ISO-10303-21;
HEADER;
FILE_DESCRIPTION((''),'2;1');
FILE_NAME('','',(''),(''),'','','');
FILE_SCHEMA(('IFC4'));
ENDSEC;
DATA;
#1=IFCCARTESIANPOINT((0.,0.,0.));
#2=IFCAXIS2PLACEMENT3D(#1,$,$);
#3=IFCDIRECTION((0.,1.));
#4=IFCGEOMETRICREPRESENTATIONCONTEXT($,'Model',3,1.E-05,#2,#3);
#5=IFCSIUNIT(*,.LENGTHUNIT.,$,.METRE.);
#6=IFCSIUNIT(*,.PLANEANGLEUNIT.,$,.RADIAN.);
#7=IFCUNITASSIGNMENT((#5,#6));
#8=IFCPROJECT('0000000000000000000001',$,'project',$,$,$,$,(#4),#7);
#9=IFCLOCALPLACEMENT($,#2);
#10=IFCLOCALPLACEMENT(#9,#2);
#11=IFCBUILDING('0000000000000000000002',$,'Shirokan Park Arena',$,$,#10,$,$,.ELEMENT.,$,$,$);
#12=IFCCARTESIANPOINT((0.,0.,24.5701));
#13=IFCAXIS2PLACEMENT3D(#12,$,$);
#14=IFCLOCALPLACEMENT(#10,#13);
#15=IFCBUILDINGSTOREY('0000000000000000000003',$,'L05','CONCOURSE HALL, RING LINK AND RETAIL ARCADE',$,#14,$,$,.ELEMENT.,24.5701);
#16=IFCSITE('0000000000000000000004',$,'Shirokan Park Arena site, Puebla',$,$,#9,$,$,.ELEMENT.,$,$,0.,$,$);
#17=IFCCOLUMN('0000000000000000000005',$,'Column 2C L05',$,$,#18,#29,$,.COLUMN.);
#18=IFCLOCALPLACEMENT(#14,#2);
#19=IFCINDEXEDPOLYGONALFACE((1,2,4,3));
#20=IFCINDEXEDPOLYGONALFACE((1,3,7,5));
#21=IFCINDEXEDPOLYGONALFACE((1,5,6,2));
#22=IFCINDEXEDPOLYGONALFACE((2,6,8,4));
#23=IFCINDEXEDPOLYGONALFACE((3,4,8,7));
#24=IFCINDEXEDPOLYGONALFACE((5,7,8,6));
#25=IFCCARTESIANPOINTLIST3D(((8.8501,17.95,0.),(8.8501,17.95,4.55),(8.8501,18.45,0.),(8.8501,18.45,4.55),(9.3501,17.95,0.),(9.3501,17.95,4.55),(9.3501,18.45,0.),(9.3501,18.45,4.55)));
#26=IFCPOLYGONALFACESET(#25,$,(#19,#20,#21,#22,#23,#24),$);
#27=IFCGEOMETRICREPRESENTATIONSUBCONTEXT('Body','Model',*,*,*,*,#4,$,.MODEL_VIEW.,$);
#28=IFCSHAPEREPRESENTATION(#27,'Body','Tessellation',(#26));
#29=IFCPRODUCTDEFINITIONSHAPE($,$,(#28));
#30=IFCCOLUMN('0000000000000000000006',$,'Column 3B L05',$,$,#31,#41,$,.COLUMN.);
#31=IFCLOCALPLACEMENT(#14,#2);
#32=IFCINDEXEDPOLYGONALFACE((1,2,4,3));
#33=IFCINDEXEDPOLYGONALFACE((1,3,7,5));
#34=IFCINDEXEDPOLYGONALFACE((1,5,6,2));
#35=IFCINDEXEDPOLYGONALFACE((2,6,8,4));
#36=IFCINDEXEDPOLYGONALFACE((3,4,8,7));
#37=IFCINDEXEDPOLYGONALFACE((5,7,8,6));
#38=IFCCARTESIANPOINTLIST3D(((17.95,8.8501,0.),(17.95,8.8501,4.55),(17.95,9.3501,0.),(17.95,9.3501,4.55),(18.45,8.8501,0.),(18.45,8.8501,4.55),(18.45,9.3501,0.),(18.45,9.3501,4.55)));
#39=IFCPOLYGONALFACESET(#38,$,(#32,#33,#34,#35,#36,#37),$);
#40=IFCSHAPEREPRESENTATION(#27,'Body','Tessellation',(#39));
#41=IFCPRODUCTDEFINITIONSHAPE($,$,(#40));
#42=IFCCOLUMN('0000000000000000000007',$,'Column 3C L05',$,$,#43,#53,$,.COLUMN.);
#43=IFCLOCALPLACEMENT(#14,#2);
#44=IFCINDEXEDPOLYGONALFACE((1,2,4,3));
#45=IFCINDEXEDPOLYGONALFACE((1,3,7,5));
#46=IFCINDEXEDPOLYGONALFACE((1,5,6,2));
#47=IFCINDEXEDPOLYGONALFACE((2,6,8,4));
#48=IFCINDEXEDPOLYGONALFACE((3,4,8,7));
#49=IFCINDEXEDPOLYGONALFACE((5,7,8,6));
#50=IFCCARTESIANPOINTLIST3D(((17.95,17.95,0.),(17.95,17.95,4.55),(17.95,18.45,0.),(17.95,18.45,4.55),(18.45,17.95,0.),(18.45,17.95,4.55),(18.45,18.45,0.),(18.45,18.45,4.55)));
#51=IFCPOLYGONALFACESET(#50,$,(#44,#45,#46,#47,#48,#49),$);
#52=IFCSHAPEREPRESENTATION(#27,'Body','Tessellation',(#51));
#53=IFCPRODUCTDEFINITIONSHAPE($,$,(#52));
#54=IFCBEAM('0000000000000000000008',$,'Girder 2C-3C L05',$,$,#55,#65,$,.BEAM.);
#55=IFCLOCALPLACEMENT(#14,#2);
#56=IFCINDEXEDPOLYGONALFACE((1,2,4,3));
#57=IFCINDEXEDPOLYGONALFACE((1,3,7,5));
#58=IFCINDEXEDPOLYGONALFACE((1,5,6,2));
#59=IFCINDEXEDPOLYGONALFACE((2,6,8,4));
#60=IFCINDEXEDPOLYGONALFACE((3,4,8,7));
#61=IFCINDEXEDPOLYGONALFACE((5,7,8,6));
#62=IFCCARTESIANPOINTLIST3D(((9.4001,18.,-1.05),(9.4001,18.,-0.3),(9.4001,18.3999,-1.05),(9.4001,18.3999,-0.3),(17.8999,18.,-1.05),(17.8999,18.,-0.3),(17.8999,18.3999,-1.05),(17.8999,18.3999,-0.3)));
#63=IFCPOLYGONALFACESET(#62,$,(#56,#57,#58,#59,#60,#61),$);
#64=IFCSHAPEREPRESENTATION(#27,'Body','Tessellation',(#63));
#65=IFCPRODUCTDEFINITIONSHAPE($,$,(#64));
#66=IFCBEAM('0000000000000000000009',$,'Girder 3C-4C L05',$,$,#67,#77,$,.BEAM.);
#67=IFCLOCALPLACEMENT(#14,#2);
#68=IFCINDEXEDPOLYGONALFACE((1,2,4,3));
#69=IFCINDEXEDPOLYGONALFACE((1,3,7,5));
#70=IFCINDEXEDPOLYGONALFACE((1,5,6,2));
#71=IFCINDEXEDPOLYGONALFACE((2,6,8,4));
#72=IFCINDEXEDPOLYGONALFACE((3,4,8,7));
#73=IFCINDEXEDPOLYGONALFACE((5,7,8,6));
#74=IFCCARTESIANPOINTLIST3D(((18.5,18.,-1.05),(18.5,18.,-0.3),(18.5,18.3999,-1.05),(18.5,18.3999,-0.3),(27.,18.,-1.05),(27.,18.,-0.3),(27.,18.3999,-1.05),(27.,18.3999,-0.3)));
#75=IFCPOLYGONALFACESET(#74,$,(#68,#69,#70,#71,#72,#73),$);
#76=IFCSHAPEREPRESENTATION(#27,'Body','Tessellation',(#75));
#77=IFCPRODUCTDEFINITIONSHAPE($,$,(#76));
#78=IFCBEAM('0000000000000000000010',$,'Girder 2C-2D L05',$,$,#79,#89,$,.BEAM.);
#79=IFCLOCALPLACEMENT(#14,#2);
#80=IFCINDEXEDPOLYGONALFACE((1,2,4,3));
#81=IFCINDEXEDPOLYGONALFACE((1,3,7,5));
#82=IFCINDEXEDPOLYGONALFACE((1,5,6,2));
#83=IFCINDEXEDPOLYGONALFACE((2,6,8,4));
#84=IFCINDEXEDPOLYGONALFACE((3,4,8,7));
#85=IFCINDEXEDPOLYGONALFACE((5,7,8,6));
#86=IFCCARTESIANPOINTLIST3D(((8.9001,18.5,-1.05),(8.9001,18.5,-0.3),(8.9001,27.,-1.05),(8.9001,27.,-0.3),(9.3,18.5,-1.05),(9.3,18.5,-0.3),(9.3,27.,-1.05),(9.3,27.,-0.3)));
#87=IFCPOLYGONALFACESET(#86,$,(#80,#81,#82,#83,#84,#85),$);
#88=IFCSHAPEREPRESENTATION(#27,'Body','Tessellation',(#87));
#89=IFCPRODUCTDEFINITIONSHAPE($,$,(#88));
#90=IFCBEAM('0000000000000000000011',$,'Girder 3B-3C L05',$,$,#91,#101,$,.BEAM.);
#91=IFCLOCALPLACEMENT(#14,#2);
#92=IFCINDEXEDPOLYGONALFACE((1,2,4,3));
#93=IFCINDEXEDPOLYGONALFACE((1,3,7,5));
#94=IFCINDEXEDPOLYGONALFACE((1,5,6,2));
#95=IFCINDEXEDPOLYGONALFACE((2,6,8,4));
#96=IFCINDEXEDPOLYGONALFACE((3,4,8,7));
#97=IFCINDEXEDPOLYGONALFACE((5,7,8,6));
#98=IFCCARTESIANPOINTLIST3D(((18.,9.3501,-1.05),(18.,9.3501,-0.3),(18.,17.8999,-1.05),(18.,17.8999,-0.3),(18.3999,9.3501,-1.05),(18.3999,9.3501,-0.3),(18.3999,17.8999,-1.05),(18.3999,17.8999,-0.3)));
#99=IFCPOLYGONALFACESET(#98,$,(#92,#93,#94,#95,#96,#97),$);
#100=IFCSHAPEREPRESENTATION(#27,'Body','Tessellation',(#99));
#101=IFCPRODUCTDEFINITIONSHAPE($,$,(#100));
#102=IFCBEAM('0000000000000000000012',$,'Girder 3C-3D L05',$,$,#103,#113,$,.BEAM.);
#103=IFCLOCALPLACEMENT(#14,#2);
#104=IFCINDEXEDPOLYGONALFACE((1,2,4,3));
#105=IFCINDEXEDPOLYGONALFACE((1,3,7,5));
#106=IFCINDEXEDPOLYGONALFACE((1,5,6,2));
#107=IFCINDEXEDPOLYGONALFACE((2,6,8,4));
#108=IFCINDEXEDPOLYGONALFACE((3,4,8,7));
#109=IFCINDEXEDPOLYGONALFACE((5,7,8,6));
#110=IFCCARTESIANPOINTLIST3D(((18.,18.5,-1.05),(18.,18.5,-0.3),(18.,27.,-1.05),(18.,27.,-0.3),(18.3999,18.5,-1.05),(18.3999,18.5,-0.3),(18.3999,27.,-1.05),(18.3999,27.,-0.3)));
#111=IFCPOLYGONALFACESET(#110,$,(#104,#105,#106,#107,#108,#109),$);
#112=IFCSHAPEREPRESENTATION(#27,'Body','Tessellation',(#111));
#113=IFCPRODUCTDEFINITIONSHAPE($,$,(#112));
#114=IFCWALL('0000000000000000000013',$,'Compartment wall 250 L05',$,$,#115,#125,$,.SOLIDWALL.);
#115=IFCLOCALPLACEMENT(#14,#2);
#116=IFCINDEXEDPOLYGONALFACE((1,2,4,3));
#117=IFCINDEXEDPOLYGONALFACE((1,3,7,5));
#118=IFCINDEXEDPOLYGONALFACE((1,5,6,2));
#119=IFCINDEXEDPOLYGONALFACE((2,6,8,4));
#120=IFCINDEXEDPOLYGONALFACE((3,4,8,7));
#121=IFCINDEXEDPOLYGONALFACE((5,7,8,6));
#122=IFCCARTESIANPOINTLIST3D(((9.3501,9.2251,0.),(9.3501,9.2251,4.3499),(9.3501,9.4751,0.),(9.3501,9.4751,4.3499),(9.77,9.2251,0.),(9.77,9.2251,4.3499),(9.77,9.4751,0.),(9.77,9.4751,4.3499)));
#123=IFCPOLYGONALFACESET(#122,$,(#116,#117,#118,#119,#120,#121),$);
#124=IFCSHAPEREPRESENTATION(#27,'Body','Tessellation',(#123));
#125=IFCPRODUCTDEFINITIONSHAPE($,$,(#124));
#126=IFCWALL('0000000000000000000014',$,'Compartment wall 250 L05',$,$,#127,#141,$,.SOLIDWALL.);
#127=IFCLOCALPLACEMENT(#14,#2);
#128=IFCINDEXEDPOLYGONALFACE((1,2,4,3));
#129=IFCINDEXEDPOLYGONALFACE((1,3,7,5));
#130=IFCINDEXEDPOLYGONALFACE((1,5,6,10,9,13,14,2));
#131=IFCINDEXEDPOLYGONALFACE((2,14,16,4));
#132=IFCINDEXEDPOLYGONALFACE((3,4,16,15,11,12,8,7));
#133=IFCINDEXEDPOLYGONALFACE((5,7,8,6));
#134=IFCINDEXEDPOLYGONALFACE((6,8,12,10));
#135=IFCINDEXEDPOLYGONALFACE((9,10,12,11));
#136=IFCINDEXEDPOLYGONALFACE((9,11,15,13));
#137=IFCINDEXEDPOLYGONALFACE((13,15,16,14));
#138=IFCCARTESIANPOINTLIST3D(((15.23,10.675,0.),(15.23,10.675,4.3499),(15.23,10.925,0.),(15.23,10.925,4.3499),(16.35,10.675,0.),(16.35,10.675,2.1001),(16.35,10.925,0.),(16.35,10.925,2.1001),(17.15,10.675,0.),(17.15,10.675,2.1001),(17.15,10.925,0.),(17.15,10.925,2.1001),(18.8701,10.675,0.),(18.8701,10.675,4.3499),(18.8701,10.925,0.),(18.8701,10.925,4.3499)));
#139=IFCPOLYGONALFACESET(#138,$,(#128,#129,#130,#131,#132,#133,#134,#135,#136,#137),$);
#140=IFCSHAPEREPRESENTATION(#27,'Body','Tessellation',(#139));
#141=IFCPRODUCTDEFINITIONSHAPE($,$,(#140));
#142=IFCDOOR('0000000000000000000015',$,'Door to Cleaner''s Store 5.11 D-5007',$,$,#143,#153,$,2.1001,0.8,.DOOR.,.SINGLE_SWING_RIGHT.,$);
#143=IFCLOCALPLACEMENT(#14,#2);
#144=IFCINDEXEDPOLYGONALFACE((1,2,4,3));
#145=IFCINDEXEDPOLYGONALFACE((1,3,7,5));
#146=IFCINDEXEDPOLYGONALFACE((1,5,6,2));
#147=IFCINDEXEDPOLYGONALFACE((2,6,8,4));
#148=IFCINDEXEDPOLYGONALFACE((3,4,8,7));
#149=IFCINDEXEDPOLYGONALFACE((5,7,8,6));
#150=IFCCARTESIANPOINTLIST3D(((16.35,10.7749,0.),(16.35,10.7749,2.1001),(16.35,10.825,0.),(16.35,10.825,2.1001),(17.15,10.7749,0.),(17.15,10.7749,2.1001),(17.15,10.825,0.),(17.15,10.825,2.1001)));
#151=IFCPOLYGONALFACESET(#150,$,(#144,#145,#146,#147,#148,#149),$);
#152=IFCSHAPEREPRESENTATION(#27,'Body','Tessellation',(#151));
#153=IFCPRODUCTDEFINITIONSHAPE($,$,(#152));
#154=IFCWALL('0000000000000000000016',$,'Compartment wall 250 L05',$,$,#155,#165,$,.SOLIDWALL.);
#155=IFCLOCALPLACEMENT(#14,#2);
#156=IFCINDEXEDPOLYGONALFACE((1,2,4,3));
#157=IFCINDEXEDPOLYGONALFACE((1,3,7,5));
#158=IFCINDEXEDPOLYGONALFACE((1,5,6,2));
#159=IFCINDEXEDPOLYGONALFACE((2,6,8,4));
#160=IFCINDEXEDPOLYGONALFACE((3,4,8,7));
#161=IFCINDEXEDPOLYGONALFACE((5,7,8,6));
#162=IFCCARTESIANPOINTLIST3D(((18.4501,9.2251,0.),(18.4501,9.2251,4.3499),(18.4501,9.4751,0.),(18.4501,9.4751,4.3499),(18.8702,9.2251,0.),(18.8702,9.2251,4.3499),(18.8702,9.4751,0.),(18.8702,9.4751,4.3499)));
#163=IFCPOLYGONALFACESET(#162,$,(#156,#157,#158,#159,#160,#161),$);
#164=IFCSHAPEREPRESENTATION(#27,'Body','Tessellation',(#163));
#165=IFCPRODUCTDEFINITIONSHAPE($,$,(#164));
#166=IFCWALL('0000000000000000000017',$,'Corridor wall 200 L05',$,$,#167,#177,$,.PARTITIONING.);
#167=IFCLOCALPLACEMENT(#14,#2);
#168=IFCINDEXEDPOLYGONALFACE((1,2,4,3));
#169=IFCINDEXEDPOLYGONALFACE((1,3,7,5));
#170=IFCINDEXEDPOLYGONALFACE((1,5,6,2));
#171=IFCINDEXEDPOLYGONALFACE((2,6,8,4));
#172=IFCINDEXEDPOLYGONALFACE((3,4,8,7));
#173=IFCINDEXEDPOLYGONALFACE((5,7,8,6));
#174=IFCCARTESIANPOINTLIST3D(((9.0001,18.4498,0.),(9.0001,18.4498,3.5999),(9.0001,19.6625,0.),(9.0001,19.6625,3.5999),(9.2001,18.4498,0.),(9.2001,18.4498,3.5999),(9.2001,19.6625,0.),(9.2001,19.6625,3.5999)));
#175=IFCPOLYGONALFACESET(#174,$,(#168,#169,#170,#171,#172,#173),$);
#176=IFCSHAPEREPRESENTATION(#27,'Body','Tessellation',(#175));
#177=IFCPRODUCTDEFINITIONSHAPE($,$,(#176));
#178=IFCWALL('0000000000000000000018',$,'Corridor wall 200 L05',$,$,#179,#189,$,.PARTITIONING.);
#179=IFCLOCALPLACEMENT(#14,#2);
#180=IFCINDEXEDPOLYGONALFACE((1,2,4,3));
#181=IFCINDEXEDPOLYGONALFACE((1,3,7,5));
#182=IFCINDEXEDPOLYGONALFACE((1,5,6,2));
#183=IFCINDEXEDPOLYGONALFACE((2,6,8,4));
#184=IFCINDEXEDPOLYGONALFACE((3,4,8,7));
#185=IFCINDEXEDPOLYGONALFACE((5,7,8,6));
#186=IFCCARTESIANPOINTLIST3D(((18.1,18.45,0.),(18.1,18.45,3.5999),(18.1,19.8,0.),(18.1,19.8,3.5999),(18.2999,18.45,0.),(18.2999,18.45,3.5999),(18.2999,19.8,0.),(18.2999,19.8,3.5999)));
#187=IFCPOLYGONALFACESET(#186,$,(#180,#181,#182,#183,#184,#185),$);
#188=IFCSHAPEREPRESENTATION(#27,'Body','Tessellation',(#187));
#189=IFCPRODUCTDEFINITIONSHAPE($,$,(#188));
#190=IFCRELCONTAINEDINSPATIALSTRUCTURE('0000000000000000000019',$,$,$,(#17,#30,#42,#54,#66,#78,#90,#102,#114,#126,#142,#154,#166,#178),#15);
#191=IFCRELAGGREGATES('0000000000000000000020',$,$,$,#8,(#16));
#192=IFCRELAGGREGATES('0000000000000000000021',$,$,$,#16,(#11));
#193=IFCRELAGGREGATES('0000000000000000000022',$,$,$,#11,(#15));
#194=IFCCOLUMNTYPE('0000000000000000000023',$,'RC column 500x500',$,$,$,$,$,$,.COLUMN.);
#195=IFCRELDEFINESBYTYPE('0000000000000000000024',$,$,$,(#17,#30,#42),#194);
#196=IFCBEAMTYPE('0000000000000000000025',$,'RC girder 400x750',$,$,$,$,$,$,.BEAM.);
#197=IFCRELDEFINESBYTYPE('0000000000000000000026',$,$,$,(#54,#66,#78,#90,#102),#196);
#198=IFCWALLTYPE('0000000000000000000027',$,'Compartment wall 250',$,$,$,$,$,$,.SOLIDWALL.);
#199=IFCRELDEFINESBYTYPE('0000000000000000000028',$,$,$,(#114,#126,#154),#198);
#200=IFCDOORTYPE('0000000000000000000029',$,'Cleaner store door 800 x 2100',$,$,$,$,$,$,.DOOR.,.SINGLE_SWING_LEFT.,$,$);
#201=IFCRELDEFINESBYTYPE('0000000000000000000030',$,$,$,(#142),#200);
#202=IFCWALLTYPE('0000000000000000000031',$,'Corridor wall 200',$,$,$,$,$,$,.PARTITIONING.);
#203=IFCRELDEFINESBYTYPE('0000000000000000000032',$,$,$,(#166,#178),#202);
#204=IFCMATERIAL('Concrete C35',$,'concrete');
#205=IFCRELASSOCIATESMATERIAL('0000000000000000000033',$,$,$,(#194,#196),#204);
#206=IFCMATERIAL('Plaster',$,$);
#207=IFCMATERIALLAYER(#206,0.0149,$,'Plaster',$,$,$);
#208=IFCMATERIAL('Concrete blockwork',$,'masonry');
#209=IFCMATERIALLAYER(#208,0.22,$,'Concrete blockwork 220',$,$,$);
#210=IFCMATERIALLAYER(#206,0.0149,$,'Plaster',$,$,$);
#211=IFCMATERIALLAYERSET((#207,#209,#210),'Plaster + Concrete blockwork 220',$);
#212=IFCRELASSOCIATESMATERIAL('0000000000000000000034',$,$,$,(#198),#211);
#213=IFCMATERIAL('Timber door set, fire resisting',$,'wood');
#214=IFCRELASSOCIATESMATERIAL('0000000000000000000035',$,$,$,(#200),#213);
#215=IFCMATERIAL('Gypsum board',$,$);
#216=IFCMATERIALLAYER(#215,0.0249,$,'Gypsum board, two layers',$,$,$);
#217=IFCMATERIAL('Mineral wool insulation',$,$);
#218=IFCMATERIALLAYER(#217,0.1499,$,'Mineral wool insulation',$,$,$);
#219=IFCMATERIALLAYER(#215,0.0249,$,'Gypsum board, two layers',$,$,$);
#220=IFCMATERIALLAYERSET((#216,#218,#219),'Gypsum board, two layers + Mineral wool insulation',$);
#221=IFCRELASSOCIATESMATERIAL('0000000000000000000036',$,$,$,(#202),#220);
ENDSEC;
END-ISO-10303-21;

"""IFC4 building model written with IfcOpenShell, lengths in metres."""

from ifc_helpers import new_model, si_unit, direction, frame, frame_2d, origin, origin_2d, place, context, subcontext, project, spatial, rectangle, extrude, material, layer, layer_set, material_profile, profile_set, type_object, element, fill, save


model = new_model("IFC4")

# Units and contexts
model_context = context("Model", 3, precision=1e-05, world=origin(), true_north=direction((0.0, 1.0)))
body_context = subcontext(model_context, "Body", "Model", "MODEL_VIEW")
ifc_project = project(units=[si_unit("LENGTHUNIT", "METRE"), si_unit("PLANEANGLEUNIT", "RADIAN")], contexts=[model_context])

# Site, building, storey
site_placement = place(None, origin())
site = spatial("IfcSite", under=ifc_project, at=site_placement, Name="Shirokan Park Arena site, Puebla", CompositionType="ELEMENT", RefElevation=0.0)
building_placement = place(site_placement, origin())
building = spatial("IfcBuilding", under=site, at=building_placement, Name="Shirokan Park Arena", CompositionType="ELEMENT")
storey_placement = place(building_placement, frame((0.0, 0.0, 24.5701)))
storey = spatial("IfcBuildingStorey", under=building, at=storey_placement, Name="L05", Description="CONCOURSE HALL, RING LINK AND RETAIL ARCADE", CompositionType="ELEMENT", Elevation=24.5701)

# Columns
ifc_material_1 = material(Name="Concrete C35", Category="concrete")
ifc_material_profile_1 = material_profile(ifc_material_1, rectangle(XDim=0.5, YDim=0.5, at=origin_2d()), Name="500x500")
ifc_profile_set_1 = profile_set([ifc_material_profile_1], Name="Concrete C35")
column_type = type_object("IfcColumnType", Name="RC column 500x500", PredefinedType="COLUMN", material=ifc_profile_set_1)
for number, where, z_axis, x_axis, name in (
    (1, (9.1001, 18.2, 0.0), (0.0, 0.0, 1.0), (1.0, 0.0, 0.0), "Column 2C L05"),
    (2, (18.2, 9.1001, 0.0), (0.0, 0.0, 1.0), (1.0, 0.0, 0.0), "Column 3B L05"),
    (3, (18.2, 18.2, 0.0), (0.0, 0.0, 1.0), (1.0, 0.0, 0.0), "Column 3C L05"),
):
    element("IfcColumn", number, at=place(storey_placement, frame(where, z_axis=z_axis, x_axis=x_axis)), inside=storey, type_object=column_type, Name=name, PredefinedType="COLUMN", context=body_context, shape_type="SweptSolid", body=[
        extrude(rectangle(XDim=0.5, YDim=0.5, at=origin_2d()), origin(), (0.0, 0.0, 1.0), 4.55),
    ])

# Beams
ifc_material_profile_2 = material_profile(ifc_material_1, rectangle(XDim=0.3999, YDim=0.75, at=origin_2d()), Name="400x750")
ifc_profile_set_2 = profile_set([ifc_material_profile_2], Name="Concrete C35")
beam_type = type_object("IfcBeamType", Name="RC girder 400x750", PredefinedType="BEAM", material=ifc_profile_set_2)
beam_1_placement = place(storey_placement, frame((9.4001, 18.2, -0.675), z_axis=(1.0, 0.0, 0.0), x_axis=(0.0, 1.0, 0.0)))
element("IfcBeam", 4, at=beam_1_placement, inside=storey, type_object=beam_type, Name="Girder 2C-3C L05", PredefinedType="BEAM", context=body_context, shape_type="SweptSolid", body=[
    extrude(rectangle(XDim=0.3999, YDim=0.75, at=origin_2d()), origin(), (0.0, 0.0, 1.0), 8.4998),
])
for number, where, z_axis, x_axis, name in (
    (5, (18.5, 18.2, -0.675), (1.0, 0.0, 0.0), (0.0, 1.0, 0.0), "Girder 3C-4C L05"),
    (6, (9.1001, 18.5, -0.675), (0.0, 1.0, 0.0), (-1.0, 0.0, 0.0), "Girder 2C-2D L05"),
):
    element("IfcBeam", number, at=place(storey_placement, frame(where, z_axis=z_axis, x_axis=x_axis)), inside=storey, type_object=beam_type, Name=name, PredefinedType="BEAM", context=body_context, shape_type="SweptSolid", body=[
        extrude(rectangle(XDim=0.3999, YDim=0.75, at=origin_2d()), origin(), (0.0, 0.0, 1.0), 8.5),
    ])
beam_2_placement = place(storey_placement, frame((18.2, 9.3501, -0.675), z_axis=(0.0, 1.0, 0.0), x_axis=(-1.0, 0.0, 0.0)))
element("IfcBeam", 7, at=beam_2_placement, inside=storey, type_object=beam_type, Name="Girder 3B-3C L05", PredefinedType="BEAM", context=body_context, shape_type="SweptSolid", body=[
    extrude(rectangle(XDim=0.3999, YDim=0.75, at=origin_2d()), origin(), (0.0, 0.0, 1.0), 8.5498),
])
beam_3_placement = place(storey_placement, frame((18.2, 18.5, -0.675), z_axis=(0.0, 1.0, 0.0), x_axis=(-1.0, 0.0, 0.0)))
element("IfcBeam", 8, at=beam_3_placement, inside=storey, type_object=beam_type, Name="Girder 3C-3D L05", PredefinedType="BEAM", context=body_context, shape_type="SweptSolid", body=[
    extrude(rectangle(XDim=0.3999, YDim=0.75, at=origin_2d()), origin(), (0.0, 0.0, 1.0), 8.5),
])

# Wall
ifc_material_2 = material(Name="Plaster")
ifc_layer_1 = layer(ifc_material_2, 0.0149, Name="Plaster")
ifc_material_3 = material(Name="Concrete blockwork", Category="masonry")
ifc_layer_2 = layer(ifc_material_3, 0.22, Name="Concrete blockwork 220")
ifc_layer_3 = layer(ifc_material_2, 0.0149, Name="Plaster")
ifc_layer_set_1 = layer_set([ifc_layer_1, ifc_layer_2, ifc_layer_3], Name="Plaster + Concrete blockwork 220")
wall_type_1 = type_object("IfcWallType", Name="Compartment wall 250", PredefinedType="SOLIDWALL", material=ifc_layer_set_1)
wall_1_placement = place(storey_placement, frame((9.77, 9.3501, 0.0), z_axis=(0.0, 0.0, 1.0), x_axis=(-1.0, 0.0, 0.0)))
element("IfcWall", 9, at=wall_1_placement, inside=storey, type_object=wall_type_1, Name="Compartment wall 250 L05", PredefinedType="SOLIDWALL", context=body_context, shape_type="SweptSolid", body=[
    extrude(rectangle(XDim=0.4199, YDim=0.25, at=frame_2d((0.21, 0.0))), origin(), (0.0, 0.0, 1.0), 4.3499),
])

# Wall, opening, door
wall_2_placement = place(storey_placement, frame((15.23, 10.8, 0.0), z_axis=(0.0, 0.0, 1.0), x_axis=(1.0, 0.0, 0.0)))
wall_2 = element("IfcWall", 10, at=wall_2_placement, inside=storey, type_object=wall_type_1, Name="Compartment wall 250 L05", PredefinedType="SOLIDWALL", context=body_context, shape_type="SweptSolid", body=[
    extrude(rectangle(XDim=3.6401, YDim=0.25, at=frame_2d((1.8201, 0.0))), origin(), (0.0, 0.0, 1.0), 4.3499),
])
opening_1_placement = place(wall_2_placement, frame((1.1201, 0.0, 0.0)))
opening_1 = element("IfcOpeningElement", 11, at=opening_1_placement, cuts=wall_2, PredefinedType="OPENING", context=body_context, shape_type="SweptSolid", body=[
    extrude(rectangle(XDim=0.8, YDim=2.1001, at=frame_2d((0.3999, 1.05))), frame((0.0, 0.135, 0.0), z_axis=(0.0, -1.0, 0.0), x_axis=(1.0, 0.0, 0.0)), (0.0, 0.0, 1.0), 0.27),
])
ifc_material_4 = material(Name="Timber door set, fire resisting", Category="wood")
door_type_1 = type_object("IfcDoorType", Name="Cleaner store door 800 x 2100", OperationType="SINGLE_SWING_LEFT", PredefinedType="DOOR", material=ifc_material_4)
door_1_placement = place(opening_1_placement, origin())
door_1 = element("IfcDoor", 12, at=door_1_placement, inside=storey, type_object=door_type_1, Name="Door to Cleaner's Store 5.11 D-5007", OperationType="SINGLE_SWING_RIGHT", OverallHeight=2.1001, OverallWidth=0.8, PredefinedType="DOOR", context=body_context, shape_type="SweptSolid", body=[
    extrude(rectangle(XDim=0.8, YDim=2.1001, at=frame_2d((0.3999, 1.05))), frame((0.0, 0.0249, 0.0), z_axis=(0.0, -1.0, 0.0), x_axis=(1.0, 0.0, 0.0)), (0.0, 0.0, 1.0), 0.05),
])
fill(opening_1, door_1)

# Wall
wall_3_placement = place(storey_placement, frame((18.8701, 9.3501, 0.0), z_axis=(0.0, 0.0, 1.0), x_axis=(-1.0, 0.0, 0.0)))
element("IfcWall", 13, at=wall_3_placement, inside=storey, type_object=wall_type_1, Name="Compartment wall 250 L05", PredefinedType="SOLIDWALL", context=body_context, shape_type="SweptSolid", body=[
    extrude(rectangle(XDim=0.4202, YDim=0.25, at=frame_2d((0.21, 0.0))), origin(), (0.0, 0.0, 1.0), 4.3499),
])

# Shared definitions
ifc_material_5 = material(Name="Gypsum board")
ifc_layer_4 = layer(ifc_material_5, 0.0249, Name="Gypsum board, two layers")
ifc_material_6 = material(Name="Mineral wool insulation")
ifc_layer_5 = layer(ifc_material_6, 0.1499, Name="Mineral wool insulation")
ifc_layer_6 = layer(ifc_material_5, 0.0249, Name="Gypsum board, two layers")
ifc_layer_set_2 = layer_set([ifc_layer_4, ifc_layer_5, ifc_layer_6], Name="Gypsum board, two layers + Mineral wool insulation")
wall_type_2 = type_object("IfcWallType", Name="Corridor wall 200", PredefinedType="PARTITIONING", material=ifc_layer_set_2)

# Wall
wall_4_placement = place(storey_placement, frame((9.1001, 19.6626, 0.0), z_axis=(0.0, 0.0, 1.0), x_axis=(0.0, -1.0, 0.0)))
element("IfcWall", 14, at=wall_4_placement, inside=storey, type_object=wall_type_2, Name="Corridor wall 200 L05", PredefinedType="PARTITIONING", context=body_context, shape_type="SweptSolid", body=[
    extrude(rectangle(XDim=1.2126, YDim=0.2, at=frame_2d((0.6064, 0.0))), origin(), (0.0, 0.0, 1.0), 3.5999),
])

# Wall
wall_5_placement = place(storey_placement, frame((18.2, 19.8, 0.0), z_axis=(0.0, 0.0, 1.0), x_axis=(0.0, -1.0, 0.0)))
element("IfcWall", 15, at=wall_5_placement, inside=storey, type_object=wall_type_2, Name="Corridor wall 200 L05", PredefinedType="PARTITIONING", context=body_context, shape_type="SweptSolid", body=[
    extrude(rectangle(XDim=1.3501, YDim=0.2, at=frame_2d((0.675, 0.0))), origin(), (0.0, 0.0, 1.0), 3.5999),
])

save(model, "model.ifc")
